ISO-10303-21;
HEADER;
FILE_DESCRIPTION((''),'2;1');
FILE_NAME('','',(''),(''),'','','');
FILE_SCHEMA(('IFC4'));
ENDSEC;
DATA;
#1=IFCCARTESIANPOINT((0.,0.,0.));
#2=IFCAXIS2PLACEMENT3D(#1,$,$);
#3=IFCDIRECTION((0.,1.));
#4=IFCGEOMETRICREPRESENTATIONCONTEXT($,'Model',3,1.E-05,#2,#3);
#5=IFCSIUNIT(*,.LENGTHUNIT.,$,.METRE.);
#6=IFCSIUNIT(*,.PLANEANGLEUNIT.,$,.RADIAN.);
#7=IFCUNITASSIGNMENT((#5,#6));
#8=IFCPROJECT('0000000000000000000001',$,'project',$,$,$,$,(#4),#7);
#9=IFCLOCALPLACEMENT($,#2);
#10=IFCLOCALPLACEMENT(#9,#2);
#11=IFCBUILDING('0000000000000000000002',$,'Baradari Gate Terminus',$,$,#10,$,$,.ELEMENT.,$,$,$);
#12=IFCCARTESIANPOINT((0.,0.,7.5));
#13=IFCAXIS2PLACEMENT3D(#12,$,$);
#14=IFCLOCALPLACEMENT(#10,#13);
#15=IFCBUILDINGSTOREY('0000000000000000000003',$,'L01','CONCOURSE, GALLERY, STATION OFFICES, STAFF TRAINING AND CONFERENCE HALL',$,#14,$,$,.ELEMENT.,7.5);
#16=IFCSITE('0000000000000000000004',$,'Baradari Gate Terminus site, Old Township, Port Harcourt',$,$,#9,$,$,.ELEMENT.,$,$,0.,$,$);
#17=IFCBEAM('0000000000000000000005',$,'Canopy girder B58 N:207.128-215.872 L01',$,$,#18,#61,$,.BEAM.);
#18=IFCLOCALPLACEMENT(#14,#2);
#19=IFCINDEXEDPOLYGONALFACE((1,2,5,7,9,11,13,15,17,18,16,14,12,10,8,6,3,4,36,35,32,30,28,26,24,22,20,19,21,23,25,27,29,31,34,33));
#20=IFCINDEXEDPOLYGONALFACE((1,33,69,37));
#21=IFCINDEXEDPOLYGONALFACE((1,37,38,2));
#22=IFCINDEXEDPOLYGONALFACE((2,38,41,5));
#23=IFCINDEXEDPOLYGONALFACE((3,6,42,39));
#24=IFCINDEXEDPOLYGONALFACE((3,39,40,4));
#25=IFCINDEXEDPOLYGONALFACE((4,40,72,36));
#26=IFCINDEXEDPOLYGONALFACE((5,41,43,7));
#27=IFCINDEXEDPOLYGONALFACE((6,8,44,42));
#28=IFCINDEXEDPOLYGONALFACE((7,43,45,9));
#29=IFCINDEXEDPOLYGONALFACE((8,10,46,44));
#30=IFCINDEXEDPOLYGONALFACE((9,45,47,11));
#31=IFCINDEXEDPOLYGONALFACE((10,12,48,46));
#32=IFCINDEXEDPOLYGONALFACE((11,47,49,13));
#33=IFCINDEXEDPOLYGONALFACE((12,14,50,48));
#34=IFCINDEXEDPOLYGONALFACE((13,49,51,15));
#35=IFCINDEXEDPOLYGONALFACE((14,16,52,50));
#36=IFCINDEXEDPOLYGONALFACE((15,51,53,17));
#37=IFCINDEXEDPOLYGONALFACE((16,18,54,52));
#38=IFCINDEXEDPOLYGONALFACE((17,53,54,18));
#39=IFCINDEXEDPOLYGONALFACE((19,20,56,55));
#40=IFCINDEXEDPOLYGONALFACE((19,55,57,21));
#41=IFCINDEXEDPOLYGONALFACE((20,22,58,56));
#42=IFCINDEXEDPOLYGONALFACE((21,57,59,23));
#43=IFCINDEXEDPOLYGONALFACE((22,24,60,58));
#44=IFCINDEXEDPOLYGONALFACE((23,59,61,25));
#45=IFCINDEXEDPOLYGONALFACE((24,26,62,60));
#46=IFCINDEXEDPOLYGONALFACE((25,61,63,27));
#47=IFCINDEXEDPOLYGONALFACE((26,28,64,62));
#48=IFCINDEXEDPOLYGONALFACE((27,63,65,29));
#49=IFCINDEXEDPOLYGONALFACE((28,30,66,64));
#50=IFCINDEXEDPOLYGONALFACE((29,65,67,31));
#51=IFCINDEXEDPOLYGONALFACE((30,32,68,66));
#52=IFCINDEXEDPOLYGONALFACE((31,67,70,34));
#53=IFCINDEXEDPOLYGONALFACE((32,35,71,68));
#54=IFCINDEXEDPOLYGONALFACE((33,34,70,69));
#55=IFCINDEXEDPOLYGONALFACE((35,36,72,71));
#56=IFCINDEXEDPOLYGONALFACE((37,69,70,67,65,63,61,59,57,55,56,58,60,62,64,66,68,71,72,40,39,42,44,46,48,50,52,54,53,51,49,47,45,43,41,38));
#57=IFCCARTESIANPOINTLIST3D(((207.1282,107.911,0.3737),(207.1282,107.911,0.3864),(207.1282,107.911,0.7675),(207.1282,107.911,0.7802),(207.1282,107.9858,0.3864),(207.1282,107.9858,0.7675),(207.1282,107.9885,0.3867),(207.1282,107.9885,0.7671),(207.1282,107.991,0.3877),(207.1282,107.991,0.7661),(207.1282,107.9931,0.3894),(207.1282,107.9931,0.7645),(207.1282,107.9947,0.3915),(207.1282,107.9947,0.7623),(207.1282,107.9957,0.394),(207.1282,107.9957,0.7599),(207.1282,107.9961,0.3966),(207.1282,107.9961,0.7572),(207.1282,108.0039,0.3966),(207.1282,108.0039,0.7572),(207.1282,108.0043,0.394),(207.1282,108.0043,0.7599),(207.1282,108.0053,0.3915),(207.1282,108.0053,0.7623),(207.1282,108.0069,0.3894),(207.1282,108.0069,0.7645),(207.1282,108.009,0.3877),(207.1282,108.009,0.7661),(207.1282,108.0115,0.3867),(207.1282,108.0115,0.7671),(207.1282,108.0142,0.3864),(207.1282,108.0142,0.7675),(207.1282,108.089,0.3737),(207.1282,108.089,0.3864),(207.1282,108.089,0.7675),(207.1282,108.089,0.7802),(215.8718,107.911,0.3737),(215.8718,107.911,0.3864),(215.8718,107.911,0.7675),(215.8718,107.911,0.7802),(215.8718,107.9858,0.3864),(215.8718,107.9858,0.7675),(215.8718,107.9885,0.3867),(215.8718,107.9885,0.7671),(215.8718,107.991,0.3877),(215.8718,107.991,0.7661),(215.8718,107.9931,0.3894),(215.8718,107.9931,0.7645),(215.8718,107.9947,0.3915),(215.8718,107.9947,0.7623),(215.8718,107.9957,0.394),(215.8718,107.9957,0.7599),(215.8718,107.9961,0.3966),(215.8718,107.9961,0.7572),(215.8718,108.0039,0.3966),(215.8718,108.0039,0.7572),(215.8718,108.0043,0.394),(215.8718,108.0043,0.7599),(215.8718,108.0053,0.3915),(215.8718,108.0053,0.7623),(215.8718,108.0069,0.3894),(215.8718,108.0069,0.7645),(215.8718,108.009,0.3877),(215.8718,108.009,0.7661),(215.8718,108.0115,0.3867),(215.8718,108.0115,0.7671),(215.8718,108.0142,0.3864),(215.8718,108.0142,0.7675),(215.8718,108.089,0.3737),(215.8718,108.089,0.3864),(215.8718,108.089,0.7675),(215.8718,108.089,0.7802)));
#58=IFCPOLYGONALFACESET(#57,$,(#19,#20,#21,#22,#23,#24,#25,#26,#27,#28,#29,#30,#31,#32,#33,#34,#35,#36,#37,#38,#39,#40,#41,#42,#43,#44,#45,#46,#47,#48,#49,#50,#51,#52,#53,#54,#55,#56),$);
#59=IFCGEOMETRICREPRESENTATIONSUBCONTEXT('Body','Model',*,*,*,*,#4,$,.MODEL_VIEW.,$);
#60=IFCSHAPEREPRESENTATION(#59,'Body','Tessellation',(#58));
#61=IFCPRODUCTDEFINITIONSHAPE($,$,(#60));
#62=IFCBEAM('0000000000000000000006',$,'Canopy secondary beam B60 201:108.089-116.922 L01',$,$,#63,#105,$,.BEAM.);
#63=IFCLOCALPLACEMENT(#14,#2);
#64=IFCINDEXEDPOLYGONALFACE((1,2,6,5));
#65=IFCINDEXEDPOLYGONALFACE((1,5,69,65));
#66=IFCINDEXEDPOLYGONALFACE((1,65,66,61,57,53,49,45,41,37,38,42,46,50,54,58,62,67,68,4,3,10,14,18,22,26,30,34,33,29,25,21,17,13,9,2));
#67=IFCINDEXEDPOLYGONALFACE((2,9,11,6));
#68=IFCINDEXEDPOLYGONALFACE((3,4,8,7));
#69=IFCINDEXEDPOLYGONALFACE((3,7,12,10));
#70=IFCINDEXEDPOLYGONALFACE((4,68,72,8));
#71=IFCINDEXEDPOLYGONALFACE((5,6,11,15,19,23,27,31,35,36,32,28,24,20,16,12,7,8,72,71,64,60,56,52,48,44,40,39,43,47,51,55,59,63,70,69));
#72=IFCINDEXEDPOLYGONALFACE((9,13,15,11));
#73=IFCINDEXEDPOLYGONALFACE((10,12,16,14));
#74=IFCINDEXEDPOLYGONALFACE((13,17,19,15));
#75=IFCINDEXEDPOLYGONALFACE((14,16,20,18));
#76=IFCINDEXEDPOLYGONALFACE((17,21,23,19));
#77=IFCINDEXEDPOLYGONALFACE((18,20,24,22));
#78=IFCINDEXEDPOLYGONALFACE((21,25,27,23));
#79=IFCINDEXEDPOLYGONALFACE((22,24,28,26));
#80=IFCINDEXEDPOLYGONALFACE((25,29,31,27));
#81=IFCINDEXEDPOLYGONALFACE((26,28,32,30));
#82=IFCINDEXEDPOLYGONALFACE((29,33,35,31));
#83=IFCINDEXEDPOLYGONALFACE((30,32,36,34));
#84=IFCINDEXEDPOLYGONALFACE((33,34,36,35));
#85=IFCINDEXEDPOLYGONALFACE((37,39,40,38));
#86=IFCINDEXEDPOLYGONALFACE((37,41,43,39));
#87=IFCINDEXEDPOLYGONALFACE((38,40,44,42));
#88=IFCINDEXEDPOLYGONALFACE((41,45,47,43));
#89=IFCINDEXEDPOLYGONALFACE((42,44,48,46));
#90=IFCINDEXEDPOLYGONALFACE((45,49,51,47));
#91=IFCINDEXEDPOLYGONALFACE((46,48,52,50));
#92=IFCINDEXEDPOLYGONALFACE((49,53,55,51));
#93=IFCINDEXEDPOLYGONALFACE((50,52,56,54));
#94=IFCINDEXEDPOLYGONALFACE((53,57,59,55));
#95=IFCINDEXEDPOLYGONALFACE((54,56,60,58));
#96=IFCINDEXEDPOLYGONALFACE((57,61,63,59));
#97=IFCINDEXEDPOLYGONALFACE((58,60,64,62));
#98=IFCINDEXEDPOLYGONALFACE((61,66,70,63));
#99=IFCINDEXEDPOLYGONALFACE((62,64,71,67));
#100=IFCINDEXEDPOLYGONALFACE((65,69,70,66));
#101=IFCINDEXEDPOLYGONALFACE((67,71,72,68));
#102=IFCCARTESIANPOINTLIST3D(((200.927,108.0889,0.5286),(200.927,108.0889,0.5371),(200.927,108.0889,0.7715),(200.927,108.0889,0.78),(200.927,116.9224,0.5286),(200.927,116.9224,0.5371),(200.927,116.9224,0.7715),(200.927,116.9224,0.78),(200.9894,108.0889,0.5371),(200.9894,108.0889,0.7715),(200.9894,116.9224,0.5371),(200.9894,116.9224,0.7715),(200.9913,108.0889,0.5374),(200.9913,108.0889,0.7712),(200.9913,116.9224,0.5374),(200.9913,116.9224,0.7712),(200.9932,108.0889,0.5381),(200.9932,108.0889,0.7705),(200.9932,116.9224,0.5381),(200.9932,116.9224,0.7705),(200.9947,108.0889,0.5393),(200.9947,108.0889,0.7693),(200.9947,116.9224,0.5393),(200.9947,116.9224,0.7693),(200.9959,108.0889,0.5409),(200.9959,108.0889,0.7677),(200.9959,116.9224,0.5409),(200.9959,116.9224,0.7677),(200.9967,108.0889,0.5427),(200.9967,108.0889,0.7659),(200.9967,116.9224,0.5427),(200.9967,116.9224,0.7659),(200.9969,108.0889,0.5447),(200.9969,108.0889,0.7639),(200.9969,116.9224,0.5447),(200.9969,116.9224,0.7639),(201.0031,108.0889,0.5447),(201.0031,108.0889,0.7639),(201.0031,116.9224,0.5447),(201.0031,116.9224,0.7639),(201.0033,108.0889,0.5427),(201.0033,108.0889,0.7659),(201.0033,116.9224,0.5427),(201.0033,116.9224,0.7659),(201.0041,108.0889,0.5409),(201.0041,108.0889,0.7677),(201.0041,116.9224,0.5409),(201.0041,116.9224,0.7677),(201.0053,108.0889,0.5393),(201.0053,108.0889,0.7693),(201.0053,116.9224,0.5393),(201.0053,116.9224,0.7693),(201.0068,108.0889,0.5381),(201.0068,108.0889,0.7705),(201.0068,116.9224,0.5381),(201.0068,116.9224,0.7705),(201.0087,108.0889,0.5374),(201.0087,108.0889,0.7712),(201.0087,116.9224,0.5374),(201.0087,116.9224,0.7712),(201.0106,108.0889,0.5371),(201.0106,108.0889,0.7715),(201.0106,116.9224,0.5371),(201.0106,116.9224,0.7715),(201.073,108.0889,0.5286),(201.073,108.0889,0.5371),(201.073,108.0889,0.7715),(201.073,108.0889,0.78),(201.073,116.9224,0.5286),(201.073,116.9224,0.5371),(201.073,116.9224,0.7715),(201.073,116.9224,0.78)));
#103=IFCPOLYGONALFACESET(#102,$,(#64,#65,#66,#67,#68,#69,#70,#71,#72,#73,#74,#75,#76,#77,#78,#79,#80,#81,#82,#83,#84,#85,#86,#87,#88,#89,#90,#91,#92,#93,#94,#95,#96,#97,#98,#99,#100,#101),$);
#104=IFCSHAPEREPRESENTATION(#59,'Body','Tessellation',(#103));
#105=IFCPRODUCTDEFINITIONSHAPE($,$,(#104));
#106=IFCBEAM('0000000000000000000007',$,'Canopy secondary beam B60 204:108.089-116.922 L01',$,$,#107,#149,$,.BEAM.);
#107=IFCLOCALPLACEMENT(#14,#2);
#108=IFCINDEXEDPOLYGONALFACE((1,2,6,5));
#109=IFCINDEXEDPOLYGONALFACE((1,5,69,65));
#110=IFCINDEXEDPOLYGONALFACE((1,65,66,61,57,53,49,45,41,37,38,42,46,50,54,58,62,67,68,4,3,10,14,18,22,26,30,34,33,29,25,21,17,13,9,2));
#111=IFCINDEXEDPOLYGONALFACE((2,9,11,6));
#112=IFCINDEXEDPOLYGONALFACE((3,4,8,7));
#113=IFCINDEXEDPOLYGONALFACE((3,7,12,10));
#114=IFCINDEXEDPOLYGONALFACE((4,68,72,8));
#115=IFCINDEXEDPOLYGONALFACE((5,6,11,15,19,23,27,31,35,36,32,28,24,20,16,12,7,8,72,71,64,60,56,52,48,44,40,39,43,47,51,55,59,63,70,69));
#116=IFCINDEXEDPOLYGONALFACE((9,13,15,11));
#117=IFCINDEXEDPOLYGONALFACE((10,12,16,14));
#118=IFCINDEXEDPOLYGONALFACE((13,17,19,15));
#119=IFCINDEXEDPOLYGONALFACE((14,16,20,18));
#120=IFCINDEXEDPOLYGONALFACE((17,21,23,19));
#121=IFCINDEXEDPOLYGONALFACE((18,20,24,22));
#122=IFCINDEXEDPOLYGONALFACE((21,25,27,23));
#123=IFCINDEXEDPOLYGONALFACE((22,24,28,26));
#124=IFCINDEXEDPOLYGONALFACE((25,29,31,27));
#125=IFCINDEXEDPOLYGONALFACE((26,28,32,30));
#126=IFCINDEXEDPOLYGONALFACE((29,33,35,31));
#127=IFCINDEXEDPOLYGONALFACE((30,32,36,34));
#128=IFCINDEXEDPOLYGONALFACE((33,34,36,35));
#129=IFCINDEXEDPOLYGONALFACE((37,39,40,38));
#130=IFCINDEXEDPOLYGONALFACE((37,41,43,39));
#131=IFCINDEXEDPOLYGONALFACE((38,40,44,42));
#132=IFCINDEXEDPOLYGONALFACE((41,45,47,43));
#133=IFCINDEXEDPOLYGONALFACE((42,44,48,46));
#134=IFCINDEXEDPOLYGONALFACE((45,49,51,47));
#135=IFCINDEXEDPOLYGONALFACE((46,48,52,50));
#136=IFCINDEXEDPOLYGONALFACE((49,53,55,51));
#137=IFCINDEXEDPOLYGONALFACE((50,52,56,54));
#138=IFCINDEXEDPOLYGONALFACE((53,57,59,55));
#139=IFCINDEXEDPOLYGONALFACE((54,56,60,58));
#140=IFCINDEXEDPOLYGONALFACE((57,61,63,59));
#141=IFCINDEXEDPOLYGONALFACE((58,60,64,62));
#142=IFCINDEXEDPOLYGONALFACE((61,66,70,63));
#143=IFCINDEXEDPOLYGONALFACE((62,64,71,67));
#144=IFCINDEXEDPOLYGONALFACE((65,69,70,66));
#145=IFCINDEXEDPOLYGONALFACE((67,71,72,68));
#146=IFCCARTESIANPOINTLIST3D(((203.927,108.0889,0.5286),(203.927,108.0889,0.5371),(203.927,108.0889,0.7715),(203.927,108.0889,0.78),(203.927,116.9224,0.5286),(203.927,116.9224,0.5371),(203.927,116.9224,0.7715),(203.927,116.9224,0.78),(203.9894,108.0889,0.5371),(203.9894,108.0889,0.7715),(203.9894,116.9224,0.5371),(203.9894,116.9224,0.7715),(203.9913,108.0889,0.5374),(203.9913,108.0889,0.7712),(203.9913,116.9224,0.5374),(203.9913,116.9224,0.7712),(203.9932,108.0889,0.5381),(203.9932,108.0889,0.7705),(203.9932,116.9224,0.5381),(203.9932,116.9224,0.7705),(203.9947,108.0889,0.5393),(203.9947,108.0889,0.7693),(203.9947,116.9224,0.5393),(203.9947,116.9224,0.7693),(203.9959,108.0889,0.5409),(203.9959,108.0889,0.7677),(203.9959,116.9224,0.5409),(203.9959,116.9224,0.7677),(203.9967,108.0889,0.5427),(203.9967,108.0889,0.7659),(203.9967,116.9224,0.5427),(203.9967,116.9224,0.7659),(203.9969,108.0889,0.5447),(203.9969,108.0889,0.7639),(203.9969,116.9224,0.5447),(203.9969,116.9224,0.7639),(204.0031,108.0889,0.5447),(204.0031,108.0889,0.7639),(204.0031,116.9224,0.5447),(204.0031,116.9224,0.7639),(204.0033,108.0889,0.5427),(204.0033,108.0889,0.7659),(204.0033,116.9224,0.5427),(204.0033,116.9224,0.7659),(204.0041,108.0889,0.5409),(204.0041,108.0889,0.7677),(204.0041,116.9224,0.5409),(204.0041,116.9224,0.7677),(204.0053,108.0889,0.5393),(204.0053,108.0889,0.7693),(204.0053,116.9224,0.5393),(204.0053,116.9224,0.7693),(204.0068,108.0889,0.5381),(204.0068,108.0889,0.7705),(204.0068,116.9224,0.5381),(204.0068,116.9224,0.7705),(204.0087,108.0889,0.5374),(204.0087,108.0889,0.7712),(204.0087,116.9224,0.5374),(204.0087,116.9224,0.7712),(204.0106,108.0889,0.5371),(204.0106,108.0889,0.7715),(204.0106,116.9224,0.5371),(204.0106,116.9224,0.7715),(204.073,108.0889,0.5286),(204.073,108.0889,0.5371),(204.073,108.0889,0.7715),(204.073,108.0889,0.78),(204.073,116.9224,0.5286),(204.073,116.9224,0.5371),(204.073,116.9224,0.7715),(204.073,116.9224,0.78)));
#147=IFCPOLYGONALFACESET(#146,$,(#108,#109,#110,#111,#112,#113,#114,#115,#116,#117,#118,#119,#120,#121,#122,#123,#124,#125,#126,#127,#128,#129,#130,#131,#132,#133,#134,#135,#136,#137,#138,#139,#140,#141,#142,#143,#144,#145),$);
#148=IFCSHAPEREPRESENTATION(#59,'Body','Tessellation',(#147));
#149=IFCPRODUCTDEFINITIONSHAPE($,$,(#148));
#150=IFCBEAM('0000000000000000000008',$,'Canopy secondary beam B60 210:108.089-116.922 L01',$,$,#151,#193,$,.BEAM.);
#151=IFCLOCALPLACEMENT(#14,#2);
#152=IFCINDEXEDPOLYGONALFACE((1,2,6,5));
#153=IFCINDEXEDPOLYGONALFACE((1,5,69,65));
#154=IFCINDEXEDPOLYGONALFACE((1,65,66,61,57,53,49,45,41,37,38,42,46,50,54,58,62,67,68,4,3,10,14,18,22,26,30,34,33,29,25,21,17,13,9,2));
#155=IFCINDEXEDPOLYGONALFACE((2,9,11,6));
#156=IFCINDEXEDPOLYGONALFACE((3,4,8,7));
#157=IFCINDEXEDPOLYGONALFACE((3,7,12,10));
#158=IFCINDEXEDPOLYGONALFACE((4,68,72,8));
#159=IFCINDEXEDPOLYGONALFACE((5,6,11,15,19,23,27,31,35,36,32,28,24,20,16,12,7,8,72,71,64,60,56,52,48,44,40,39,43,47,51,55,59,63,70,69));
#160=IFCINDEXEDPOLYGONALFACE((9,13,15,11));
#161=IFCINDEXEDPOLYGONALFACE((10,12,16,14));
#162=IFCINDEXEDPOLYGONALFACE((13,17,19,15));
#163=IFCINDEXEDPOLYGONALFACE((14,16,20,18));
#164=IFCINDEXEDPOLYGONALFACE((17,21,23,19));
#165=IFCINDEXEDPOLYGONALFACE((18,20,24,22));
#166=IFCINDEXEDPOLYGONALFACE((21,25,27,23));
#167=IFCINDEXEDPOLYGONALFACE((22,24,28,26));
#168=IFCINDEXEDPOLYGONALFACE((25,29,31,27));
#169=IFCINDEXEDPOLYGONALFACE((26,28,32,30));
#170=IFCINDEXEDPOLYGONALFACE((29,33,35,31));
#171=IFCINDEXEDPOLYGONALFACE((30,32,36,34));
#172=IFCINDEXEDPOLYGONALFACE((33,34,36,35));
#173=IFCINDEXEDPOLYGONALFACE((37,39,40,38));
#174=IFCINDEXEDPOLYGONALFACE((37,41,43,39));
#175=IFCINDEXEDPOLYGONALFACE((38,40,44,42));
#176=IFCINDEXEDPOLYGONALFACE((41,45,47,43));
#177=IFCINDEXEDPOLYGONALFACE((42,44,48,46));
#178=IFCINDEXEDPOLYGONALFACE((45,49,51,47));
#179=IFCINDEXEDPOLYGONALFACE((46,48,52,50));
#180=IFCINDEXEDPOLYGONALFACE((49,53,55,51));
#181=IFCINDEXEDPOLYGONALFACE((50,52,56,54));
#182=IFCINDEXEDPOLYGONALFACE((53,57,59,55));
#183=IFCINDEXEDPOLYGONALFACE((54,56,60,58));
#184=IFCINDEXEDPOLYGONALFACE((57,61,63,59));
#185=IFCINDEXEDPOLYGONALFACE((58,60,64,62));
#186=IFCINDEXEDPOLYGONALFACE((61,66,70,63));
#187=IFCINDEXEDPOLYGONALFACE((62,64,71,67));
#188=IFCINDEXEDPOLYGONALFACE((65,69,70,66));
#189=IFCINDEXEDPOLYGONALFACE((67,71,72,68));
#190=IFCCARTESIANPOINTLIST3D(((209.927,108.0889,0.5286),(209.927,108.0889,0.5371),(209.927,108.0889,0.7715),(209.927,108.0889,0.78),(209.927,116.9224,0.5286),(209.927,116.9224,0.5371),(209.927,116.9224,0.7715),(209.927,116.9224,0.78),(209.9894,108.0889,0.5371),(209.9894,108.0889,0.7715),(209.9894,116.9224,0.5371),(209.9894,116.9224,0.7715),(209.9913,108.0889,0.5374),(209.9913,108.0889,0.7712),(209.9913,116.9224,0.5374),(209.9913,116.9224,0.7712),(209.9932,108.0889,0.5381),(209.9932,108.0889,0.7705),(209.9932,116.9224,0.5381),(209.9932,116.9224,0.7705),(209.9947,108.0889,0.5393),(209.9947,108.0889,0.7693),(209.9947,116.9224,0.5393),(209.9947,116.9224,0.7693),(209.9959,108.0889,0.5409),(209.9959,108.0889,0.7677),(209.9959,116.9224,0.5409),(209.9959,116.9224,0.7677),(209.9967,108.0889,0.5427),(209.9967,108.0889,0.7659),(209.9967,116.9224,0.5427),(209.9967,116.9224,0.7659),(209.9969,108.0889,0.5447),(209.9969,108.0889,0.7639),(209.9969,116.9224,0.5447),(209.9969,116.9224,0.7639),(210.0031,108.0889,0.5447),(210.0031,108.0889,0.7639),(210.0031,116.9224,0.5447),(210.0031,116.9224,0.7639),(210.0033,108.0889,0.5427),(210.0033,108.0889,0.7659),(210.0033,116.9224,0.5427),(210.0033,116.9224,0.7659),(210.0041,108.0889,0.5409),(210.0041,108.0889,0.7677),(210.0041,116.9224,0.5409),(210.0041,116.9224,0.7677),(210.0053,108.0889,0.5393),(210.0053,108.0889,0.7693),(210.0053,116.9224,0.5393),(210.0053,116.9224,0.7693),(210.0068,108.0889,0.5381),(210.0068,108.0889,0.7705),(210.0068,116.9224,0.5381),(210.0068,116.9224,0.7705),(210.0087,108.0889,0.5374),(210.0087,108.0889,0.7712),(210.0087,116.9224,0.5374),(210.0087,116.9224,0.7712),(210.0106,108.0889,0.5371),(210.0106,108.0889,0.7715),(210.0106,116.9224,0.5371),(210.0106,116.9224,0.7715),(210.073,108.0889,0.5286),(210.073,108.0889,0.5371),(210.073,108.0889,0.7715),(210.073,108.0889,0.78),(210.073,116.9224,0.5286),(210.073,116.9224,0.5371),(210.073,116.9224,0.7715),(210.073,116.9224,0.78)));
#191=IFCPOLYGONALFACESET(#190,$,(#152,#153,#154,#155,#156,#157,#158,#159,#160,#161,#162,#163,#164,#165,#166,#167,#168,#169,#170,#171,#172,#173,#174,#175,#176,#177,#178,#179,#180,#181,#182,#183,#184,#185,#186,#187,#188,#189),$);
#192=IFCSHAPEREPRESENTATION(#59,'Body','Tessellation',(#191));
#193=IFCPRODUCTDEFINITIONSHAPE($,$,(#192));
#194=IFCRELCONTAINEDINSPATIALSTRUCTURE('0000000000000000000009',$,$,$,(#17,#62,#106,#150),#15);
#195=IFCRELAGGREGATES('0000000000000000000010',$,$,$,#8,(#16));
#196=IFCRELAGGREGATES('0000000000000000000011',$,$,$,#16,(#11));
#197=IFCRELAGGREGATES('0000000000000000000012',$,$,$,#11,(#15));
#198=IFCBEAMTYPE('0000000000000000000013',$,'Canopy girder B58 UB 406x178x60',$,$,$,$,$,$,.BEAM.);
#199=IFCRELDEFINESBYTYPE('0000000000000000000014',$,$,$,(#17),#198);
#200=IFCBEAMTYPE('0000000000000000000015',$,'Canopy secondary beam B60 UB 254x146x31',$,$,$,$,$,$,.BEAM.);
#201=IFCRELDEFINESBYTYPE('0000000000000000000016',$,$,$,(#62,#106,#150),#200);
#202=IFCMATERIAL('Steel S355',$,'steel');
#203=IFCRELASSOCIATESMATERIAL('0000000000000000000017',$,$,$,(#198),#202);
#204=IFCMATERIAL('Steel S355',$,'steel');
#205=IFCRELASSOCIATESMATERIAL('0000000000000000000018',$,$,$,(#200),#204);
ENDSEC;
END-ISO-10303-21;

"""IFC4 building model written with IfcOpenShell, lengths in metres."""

from ifc_helpers import new_model, si_unit, direction, frame, origin, origin_2d, place, context, subcontext, project, spatial, i_section, extrude, material, material_profile, profile_set, type_object, element, save


model = new_model("IFC4")

# Units and contexts
model_context = context("Model", 3, precision=1e-05, world=origin(), true_north=direction((0.0, 1.0)))
body_context = subcontext(model_context, "Body", "Model", "MODEL_VIEW")
ifc_project = project(units=[si_unit("LENGTHUNIT", "METRE"), si_unit("PLANEANGLEUNIT", "RADIAN")], contexts=[model_context])

# Site, building, storey
site_placement = place(None, origin())
site = spatial("IfcSite", under=ifc_project, at=site_placement, Name="Baradari Gate Terminus site, Old Township, Port Harcourt", CompositionType="ELEMENT", RefElevation=0.0)
building_placement = place(site_placement, origin())
building = spatial("IfcBuilding", under=site, at=building_placement, Name="Baradari Gate Terminus", CompositionType="ELEMENT")
storey_placement = place(building_placement, frame((0.0, 0.0, 7.5)))
storey = spatial("IfcBuildingStorey", under=building, at=storey_placement, Name="L01", Description="CONCOURSE, GALLERY, STATION OFFICES, STAFF TRAINING AND CONFERENCE HALL", CompositionType="ELEMENT", Elevation=7.5)

# Beams
ifc_material_1 = material(Name="Steel S355", Category="steel")
ifc_material_profile_1 = material_profile(ifc_material_1, i_section(OverallWidth=0.178, OverallDepth=0.4065, WebThickness=0.0078, FlangeThickness=0.0127, FilletRadius=0.0103, at=origin_2d()), Name="UB 406x178x60")
ifc_profile_set_1 = profile_set([ifc_material_profile_1], Name="Steel S355")
beam_type_1 = type_object("IfcBeamType", Name="Canopy girder B58 UB 406x178x60", PredefinedType="BEAM", material=ifc_profile_set_1)
beam_1_placement = place(storey_placement, frame((207.1282, 108.0, 0.5769), z_axis=(1.0, 0.0, 0.0), x_axis=(0.0, 1.0, 0.0)))
element("IfcBeam", 1, at=beam_1_placement, inside=storey, type_object=beam_type_1, Name="Canopy girder B58 N:207.128-215.872 L01", PredefinedType="BEAM", context=body_context, shape_type="SweptSolid", body=[
    extrude(i_section(OverallWidth=0.178, OverallDepth=0.4065, WebThickness=0.0078, FlangeThickness=0.0127, FilletRadius=0.0103, at=origin_2d()), origin(), (0.0, 0.0, 1.0), 8.7437),
])
ifc_material_2 = material(Name="Steel S355", Category="steel")
ifc_material_profile_2 = material_profile(ifc_material_2, i_section(OverallWidth=0.146, OverallDepth=0.2515, WebThickness=0.0061, FlangeThickness=0.0085, FilletRadius=0.0076, at=origin_2d()), Name="UB 254x146x31")
ifc_profile_set_2 = profile_set([ifc_material_profile_2], Name="Steel S355")
beam_type_2 = type_object("IfcBeamType", Name="Canopy secondary beam B60 UB 254x146x31", PredefinedType="BEAM", material=ifc_profile_set_2)
for number, where, z_axis, x_axis, name in (
    (2, (201.0, 108.0889, 0.6543), (0.0, 1.0, 0.0), (-1.0, 0.0, 0.0), "Canopy secondary beam B60 201:108.089-116.922 L01"),
    (3, (204.0, 108.0889, 0.6543), (0.0, 1.0, 0.0), (-1.0, 0.0, 0.0), "Canopy secondary beam B60 204:108.089-116.922 L01"),
    (4, (210.0, 108.0889, 0.6543), (0.0, 1.0, 0.0), (-1.0, 0.0, 0.0), "Canopy secondary beam B60 210:108.089-116.922 L01"),
):
    element("IfcBeam", number, at=place(storey_placement, frame(where, z_axis=z_axis, x_axis=x_axis)), inside=storey, type_object=beam_type_2, Name=name, PredefinedType="BEAM", context=body_context, shape_type="SweptSolid", body=[
        extrude(i_section(OverallWidth=0.146, OverallDepth=0.2515, WebThickness=0.0061, FlangeThickness=0.0085, FilletRadius=0.0076, at=origin_2d()), origin(), (0.0, 0.0, 1.0), 8.8335),
    ])

save(model, "model.ifc")
